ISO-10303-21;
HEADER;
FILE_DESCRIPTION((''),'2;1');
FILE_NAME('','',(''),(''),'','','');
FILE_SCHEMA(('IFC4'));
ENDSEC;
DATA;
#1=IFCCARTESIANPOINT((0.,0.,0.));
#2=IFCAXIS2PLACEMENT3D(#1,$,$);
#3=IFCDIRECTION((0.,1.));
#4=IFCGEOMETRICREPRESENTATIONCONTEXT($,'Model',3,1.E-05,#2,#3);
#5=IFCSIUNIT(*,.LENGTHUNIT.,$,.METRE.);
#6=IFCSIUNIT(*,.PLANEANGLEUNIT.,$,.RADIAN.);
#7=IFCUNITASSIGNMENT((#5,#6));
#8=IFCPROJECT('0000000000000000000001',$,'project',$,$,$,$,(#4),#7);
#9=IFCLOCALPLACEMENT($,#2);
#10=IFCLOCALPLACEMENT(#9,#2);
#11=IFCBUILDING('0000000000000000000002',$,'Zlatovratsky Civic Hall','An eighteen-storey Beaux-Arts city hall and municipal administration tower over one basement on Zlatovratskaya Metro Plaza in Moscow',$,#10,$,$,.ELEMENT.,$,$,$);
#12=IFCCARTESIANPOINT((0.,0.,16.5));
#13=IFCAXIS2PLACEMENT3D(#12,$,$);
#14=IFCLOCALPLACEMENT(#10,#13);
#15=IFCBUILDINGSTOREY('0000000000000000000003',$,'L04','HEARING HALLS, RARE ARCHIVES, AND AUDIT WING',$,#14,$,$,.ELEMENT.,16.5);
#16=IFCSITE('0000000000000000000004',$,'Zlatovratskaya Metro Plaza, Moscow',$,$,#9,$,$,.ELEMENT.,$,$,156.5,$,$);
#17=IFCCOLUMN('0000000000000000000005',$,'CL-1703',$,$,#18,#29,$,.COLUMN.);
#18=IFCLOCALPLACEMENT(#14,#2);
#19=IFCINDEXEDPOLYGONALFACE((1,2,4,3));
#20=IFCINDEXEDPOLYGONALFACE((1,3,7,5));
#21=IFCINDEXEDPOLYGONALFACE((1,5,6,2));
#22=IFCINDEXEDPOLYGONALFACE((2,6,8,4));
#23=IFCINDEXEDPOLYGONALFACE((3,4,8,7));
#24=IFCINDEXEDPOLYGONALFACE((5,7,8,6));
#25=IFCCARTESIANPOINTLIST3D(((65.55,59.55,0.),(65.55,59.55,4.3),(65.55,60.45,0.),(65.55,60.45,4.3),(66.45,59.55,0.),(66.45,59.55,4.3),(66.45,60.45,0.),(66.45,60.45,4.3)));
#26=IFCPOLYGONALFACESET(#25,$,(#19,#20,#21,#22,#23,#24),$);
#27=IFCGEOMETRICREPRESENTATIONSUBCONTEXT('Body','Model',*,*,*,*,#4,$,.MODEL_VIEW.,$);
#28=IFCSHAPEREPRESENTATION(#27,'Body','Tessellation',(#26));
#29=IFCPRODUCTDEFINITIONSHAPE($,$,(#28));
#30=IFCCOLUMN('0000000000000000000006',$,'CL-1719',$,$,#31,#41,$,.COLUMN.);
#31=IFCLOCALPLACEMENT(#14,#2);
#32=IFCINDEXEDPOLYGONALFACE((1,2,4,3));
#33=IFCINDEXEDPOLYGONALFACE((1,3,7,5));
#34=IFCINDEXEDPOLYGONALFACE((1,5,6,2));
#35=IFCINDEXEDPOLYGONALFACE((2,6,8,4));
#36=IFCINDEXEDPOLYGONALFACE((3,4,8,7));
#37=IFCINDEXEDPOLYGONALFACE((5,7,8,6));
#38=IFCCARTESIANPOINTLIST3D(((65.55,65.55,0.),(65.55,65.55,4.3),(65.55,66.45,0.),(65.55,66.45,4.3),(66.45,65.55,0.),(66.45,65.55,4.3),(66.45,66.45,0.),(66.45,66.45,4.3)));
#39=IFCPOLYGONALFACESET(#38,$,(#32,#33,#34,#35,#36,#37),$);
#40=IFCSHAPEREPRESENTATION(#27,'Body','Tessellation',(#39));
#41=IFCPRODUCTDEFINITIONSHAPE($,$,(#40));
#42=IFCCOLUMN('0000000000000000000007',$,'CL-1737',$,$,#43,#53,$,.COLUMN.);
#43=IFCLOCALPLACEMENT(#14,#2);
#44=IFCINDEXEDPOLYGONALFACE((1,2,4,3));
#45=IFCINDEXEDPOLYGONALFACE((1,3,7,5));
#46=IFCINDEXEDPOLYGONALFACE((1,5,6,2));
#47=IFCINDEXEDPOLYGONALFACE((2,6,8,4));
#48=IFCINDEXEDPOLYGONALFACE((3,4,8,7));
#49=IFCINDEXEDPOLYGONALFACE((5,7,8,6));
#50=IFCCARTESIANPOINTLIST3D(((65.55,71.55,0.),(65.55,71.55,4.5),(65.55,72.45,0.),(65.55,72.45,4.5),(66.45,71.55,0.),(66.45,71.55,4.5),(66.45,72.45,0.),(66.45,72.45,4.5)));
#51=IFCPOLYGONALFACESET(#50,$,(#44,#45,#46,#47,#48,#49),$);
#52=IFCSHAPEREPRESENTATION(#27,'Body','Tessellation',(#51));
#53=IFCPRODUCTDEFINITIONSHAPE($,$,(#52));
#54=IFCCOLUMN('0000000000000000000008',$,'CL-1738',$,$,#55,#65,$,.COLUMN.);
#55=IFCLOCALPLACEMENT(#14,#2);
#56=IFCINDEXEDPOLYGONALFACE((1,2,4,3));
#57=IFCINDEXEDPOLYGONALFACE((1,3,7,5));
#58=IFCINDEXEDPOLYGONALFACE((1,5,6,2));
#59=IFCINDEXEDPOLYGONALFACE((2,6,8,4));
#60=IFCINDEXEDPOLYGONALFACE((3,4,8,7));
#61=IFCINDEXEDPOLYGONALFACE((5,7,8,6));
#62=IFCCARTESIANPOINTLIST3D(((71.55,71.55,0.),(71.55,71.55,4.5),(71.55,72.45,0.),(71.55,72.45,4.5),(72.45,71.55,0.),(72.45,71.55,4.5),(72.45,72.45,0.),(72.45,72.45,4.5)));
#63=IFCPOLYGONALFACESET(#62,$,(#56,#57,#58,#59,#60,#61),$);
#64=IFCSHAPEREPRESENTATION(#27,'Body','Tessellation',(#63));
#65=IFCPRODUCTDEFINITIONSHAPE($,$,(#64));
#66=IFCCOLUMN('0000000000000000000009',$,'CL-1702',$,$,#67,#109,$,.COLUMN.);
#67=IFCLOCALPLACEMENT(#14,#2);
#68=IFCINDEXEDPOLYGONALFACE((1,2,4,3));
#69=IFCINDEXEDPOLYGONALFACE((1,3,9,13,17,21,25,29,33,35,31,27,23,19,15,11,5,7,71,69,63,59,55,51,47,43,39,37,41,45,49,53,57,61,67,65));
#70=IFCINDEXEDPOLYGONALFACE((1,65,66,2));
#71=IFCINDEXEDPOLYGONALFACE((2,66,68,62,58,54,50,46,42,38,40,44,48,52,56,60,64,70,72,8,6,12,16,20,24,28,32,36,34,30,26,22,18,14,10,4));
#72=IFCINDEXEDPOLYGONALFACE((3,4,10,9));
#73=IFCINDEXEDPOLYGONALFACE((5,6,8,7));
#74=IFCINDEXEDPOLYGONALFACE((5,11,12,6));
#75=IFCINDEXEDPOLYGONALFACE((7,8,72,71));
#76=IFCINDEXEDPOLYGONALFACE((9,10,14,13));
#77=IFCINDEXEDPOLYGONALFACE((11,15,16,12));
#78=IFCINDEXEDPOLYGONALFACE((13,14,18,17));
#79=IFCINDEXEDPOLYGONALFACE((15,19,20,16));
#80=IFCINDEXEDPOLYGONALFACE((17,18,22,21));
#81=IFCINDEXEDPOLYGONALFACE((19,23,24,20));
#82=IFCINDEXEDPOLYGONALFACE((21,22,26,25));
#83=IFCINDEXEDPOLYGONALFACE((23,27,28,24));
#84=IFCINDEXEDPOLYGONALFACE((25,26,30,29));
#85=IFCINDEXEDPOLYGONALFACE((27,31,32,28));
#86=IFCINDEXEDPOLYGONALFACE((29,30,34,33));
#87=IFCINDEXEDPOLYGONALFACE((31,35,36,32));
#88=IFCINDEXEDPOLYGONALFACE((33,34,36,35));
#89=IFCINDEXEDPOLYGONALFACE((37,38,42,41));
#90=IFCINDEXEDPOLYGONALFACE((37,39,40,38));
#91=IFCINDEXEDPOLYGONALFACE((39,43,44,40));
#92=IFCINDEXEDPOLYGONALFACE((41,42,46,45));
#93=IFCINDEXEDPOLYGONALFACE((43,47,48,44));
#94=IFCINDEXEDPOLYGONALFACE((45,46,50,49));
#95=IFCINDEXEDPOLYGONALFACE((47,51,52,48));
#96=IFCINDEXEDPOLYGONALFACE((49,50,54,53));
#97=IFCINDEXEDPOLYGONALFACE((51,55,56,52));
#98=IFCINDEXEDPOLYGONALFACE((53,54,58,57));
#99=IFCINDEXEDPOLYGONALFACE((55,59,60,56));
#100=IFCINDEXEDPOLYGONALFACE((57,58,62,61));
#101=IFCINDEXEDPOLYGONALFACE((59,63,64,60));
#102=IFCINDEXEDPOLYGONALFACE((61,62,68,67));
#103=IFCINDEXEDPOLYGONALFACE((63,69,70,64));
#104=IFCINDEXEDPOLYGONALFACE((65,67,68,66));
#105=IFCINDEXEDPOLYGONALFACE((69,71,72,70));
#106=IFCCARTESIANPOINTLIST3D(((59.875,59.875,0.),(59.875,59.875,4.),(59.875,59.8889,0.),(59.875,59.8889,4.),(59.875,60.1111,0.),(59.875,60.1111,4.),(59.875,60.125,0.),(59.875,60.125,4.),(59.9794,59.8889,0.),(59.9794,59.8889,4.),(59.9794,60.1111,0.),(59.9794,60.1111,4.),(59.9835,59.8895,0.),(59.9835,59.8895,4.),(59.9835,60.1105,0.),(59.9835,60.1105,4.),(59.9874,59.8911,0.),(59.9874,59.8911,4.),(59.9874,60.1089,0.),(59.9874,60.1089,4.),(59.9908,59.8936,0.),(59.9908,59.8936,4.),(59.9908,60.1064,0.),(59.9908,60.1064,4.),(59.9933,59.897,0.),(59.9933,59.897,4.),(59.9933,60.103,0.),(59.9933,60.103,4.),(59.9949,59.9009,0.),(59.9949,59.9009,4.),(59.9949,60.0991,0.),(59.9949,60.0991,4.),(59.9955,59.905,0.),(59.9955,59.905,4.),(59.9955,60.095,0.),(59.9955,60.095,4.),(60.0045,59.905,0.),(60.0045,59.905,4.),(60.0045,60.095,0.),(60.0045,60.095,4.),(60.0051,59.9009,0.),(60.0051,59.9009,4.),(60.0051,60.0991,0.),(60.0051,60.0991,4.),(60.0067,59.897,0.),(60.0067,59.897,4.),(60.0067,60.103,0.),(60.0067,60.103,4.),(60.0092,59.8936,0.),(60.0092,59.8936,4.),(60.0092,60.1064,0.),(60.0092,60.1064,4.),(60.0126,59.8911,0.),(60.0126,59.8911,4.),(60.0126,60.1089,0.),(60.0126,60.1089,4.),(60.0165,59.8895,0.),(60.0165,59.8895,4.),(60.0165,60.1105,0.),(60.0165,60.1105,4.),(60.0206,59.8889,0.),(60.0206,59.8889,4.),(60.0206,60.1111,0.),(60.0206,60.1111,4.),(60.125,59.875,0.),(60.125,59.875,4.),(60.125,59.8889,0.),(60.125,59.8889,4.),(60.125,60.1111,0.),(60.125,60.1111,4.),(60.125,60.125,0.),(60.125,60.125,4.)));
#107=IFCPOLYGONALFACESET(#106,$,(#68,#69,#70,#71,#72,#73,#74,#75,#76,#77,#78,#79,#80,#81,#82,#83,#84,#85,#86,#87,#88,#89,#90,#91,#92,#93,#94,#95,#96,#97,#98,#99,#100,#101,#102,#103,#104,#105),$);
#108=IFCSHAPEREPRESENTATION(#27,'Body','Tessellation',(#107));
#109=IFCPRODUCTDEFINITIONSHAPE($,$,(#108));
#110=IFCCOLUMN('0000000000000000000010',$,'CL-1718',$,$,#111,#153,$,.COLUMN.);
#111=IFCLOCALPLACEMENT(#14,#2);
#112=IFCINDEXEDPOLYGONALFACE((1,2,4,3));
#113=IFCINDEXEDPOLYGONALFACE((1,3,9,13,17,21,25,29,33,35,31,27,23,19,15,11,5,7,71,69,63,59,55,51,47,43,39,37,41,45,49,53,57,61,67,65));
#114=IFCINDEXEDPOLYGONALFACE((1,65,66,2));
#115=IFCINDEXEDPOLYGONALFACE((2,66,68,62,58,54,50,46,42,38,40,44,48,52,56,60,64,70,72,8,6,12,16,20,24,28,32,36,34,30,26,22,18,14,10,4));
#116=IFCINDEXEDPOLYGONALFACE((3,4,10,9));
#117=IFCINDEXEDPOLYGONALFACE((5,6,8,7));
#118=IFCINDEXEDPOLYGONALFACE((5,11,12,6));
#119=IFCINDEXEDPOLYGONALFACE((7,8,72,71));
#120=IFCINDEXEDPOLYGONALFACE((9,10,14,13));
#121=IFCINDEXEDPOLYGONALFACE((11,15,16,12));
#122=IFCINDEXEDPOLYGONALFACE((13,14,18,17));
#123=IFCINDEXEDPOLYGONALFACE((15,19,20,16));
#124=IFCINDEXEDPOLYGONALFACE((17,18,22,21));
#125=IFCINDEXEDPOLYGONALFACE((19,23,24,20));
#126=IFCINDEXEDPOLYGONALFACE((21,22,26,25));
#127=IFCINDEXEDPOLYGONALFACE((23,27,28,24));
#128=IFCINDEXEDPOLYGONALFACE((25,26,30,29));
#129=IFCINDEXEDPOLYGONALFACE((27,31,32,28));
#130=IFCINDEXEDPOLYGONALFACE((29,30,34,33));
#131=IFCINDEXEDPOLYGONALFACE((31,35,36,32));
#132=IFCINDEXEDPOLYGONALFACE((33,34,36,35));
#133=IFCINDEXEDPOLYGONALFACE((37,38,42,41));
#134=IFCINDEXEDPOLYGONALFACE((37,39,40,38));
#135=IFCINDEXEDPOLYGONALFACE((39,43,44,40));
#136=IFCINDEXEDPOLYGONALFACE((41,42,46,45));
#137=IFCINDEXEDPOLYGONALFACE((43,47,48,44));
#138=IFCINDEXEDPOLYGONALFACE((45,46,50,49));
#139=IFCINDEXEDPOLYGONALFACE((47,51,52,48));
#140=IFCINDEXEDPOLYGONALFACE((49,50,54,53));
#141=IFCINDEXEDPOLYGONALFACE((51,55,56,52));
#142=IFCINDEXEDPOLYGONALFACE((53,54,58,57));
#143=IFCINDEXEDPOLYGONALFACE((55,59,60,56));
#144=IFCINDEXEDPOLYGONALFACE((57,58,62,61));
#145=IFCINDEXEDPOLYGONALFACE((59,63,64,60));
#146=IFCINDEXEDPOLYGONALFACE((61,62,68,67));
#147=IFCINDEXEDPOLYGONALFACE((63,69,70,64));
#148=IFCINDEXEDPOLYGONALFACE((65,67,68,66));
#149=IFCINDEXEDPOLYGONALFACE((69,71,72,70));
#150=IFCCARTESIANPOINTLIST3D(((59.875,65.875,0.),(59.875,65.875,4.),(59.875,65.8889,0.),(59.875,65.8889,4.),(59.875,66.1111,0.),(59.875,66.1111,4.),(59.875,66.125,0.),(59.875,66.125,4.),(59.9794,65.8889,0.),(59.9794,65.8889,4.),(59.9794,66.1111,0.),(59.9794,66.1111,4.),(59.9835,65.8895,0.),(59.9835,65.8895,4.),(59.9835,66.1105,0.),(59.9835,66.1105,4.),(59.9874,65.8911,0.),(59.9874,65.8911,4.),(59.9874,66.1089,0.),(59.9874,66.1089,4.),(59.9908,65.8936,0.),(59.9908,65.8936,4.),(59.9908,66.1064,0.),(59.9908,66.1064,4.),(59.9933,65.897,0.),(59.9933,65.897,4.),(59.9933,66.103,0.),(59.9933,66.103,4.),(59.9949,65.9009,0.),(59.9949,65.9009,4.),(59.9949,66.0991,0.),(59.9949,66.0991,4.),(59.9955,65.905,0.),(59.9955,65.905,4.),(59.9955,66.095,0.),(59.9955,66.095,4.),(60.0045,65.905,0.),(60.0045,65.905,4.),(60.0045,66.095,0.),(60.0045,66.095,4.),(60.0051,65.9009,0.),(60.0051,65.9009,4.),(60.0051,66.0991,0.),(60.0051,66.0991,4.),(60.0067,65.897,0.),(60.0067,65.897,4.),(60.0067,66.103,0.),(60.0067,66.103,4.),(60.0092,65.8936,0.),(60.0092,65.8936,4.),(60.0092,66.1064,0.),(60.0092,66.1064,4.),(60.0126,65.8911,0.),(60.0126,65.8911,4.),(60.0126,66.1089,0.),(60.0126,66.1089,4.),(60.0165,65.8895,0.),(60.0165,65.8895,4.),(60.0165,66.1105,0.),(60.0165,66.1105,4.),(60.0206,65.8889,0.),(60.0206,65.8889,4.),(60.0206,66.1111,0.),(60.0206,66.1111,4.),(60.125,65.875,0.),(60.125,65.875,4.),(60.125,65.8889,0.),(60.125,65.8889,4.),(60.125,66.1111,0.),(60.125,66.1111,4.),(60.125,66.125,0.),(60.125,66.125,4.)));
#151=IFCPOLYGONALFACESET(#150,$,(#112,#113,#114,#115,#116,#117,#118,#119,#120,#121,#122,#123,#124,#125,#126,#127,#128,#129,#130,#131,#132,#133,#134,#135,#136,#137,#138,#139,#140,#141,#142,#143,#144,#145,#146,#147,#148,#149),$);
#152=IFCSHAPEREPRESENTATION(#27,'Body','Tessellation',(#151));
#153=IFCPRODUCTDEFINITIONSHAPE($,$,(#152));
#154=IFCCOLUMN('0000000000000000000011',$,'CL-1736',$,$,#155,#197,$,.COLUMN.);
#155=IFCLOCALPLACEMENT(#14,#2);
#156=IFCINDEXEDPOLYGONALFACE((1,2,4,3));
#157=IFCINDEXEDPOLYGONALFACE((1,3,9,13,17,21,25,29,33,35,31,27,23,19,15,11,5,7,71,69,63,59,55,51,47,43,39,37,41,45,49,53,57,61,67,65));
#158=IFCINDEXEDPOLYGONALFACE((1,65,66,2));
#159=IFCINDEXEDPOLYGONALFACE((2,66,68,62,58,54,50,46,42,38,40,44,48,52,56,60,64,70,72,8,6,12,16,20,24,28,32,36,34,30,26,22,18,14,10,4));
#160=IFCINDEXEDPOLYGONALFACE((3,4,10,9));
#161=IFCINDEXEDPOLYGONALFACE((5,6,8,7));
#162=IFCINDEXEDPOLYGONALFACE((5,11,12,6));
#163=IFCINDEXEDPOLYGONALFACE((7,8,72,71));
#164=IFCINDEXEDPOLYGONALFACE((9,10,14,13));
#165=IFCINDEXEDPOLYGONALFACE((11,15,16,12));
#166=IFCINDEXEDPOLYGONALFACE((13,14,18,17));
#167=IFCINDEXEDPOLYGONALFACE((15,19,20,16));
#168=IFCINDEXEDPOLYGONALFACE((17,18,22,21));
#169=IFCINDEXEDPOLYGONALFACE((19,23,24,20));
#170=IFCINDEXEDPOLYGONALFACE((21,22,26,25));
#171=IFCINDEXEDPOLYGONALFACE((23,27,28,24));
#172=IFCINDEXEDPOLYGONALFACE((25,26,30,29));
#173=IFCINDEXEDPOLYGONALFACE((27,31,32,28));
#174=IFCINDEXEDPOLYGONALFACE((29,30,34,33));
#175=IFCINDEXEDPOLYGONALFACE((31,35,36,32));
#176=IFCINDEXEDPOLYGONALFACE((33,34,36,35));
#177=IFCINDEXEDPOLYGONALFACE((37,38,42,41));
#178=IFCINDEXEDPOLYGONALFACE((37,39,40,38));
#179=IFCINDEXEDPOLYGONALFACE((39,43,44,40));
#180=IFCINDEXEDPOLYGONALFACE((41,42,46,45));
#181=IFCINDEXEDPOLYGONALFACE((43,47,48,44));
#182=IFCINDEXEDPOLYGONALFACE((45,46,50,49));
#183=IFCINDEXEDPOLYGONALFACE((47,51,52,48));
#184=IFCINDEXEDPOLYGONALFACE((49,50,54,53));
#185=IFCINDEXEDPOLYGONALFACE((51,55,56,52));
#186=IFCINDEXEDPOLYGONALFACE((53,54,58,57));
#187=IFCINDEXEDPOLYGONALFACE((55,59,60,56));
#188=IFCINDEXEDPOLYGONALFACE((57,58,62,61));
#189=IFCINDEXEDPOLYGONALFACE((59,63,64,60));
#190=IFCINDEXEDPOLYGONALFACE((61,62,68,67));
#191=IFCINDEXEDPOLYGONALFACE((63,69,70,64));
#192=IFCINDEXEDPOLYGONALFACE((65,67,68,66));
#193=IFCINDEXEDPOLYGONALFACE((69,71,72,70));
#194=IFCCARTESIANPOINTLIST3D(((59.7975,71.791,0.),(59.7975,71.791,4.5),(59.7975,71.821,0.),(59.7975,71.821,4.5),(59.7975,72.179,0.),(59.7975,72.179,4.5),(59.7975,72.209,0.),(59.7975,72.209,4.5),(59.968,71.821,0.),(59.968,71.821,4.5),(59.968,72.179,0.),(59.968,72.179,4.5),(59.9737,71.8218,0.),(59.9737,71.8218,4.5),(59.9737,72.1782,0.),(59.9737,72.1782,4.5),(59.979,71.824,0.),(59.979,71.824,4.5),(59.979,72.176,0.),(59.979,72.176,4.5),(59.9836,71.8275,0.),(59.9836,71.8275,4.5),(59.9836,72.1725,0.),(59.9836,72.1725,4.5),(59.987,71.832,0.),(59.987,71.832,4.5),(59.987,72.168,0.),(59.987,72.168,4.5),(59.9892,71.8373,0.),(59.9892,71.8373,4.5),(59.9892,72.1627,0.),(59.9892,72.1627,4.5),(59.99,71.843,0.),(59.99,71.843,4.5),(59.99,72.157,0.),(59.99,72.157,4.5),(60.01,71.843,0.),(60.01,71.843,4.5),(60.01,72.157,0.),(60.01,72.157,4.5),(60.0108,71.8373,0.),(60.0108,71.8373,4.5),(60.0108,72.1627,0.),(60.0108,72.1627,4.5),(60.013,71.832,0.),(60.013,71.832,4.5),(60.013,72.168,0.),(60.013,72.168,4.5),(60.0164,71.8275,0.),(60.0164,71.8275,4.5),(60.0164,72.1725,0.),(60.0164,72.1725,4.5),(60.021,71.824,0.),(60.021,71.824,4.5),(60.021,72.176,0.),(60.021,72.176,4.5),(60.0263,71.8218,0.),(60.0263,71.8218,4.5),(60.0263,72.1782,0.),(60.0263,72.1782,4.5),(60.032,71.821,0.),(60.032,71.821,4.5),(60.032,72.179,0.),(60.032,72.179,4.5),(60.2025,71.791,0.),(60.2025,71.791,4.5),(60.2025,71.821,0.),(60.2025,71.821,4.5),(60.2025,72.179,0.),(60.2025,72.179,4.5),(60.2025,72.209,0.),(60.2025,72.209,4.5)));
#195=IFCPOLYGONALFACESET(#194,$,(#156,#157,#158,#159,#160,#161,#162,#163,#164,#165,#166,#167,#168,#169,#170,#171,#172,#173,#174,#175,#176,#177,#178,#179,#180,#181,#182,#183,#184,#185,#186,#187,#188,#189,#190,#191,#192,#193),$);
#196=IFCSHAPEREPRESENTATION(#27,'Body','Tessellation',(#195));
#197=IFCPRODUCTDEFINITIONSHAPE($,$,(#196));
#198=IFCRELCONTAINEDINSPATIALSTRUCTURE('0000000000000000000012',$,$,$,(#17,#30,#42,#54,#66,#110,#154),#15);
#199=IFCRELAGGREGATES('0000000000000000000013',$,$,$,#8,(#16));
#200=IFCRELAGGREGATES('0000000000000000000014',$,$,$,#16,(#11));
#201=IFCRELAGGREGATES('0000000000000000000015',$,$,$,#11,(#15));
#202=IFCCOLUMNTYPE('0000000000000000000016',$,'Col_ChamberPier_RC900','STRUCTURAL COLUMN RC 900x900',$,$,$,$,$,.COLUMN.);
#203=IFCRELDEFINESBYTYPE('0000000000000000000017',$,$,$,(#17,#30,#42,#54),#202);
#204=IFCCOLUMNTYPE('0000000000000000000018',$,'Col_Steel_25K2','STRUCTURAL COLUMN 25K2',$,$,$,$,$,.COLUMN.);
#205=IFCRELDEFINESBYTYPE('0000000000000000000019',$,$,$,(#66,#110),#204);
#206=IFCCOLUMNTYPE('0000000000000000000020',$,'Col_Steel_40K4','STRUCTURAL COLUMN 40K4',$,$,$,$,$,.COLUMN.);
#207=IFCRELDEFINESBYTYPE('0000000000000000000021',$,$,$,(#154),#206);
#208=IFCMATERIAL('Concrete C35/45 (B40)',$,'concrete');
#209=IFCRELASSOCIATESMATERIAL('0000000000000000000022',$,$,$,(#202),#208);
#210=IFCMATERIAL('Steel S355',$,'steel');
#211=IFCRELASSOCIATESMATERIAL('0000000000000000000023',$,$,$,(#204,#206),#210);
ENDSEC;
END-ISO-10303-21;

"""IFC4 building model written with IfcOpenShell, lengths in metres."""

from ifc_helpers import new_model, si_unit, direction, frame, origin, origin_2d, place, context, subcontext, project, spatial, rectangle, i_section, extrude, material, material_profile, profile_set, type_object, element, save


model = new_model("IFC4")

# Units and contexts
model_context = context("Model", 3, precision=1e-05, world=origin(), true_north=direction((0.0, 1.0)))
body_context = subcontext(model_context, "Body", "Model", "MODEL_VIEW")
ifc_project = project(units=[si_unit("LENGTHUNIT", "METRE"), si_unit("PLANEANGLEUNIT", "RADIAN")], contexts=[model_context])

# Site, building, storey
site_placement = place(None, origin())
site = spatial("IfcSite", under=ifc_project, at=site_placement, Name="Zlatovratskaya Metro Plaza, Moscow", CompositionType="ELEMENT", RefElevation=156.5)
building_placement = place(site_placement, origin())
building = spatial("IfcBuilding", under=site, at=building_placement, Name="Zlatovratsky Civic Hall", Description="An eighteen-storey Beaux-Arts city hall and municipal administration tower over one basement on Zlatovratskaya Metro Plaza in Moscow", CompositionType="ELEMENT")
storey_placement = place(building_placement, frame((0.0, 0.0, 16.5)))
storey = spatial("IfcBuildingStorey", under=building, at=storey_placement, Name="L04", Description="HEARING HALLS, RARE ARCHIVES, AND AUDIT WING", CompositionType="ELEMENT", Elevation=16.5)

# Columns
ifc_material_1 = material(Name="Concrete C35/45 (B40)", Category="concrete")
ifc_material_profile_1 = material_profile(ifc_material_1, rectangle(XDim=0.8999, YDim=0.8999, at=origin_2d()), Name="RC 900x900")
ifc_profile_set_1 = profile_set([ifc_material_profile_1], Name="Concrete C35/45 (B40)")
column_type_1 = type_object("IfcColumnType", Name="Col_ChamberPier_RC900", Description="STRUCTURAL COLUMN RC 900x900", PredefinedType="COLUMN", material=ifc_profile_set_1)
for number, where, z_axis, x_axis, name in (
    (1, (66.0, 60.0, 0.0), (0.0, 0.0, 1.0), (1.0, 0.0, 0.0), "CL-1703"),
    (2, (66.0, 66.0, 0.0), (0.0, 0.0, 1.0), (1.0, 0.0, 0.0), "CL-1719"),
):
    element("IfcColumn", number, at=place(storey_placement, frame(where, z_axis=z_axis, x_axis=x_axis)), inside=storey, type_object=column_type_1, Name=name, PredefinedType="COLUMN", context=body_context, shape_type="SweptSolid", body=[
        extrude(rectangle(XDim=0.8999, YDim=0.8999, at=origin_2d()), origin(), (0.0, 0.0, 1.0), 4.3),
    ])
for number, where, z_axis, x_axis, name in (
    (3, (66.0, 72.0, 0.0), (0.0, 0.0, 1.0), (1.0, 0.0, 0.0), "CL-1737"),
    (4, (72.0, 72.0, 0.0), (0.0, 0.0, 1.0), (1.0, 0.0, 0.0), "CL-1738"),
):
    element("IfcColumn", number, at=place(storey_placement, frame(where, z_axis=z_axis, x_axis=x_axis)), inside=storey, type_object=column_type_1, Name=name, PredefinedType="COLUMN", context=body_context, shape_type="SweptSolid", body=[
        extrude(rectangle(XDim=0.8999, YDim=0.8999, at=origin_2d()), origin(), (0.0, 0.0, 1.0), 4.5),
    ])
ifc_material_2 = material(Name="Steel S355", Category="steel")
ifc_material_profile_2 = material_profile(ifc_material_2, i_section(OverallWidth=0.25, OverallDepth=0.25, WebThickness=0.009, FlangeThickness=0.0139, FilletRadius=0.0161, at=origin_2d()), Name="25K2")
ifc_profile_set_2 = profile_set([ifc_material_profile_2], Name="Steel S355")
column_type_2 = type_object("IfcColumnType", Name="Col_Steel_25K2", Description="STRUCTURAL COLUMN 25K2", PredefinedType="COLUMN", material=ifc_profile_set_2)
for number, where, z_axis, x_axis, name in (
    (5, (60.0, 60.0, 0.0), (0.0, 0.0, 1.0), (1.0, 0.0, 0.0), "CL-1702"),
    (6, (60.0, 66.0, 0.0), (0.0, 0.0, 1.0), (1.0, 0.0, 0.0), "CL-1718"),
):
    element("IfcColumn", number, at=place(storey_placement, frame(where, z_axis=z_axis, x_axis=x_axis)), inside=storey, type_object=column_type_2, Name=name, PredefinedType="COLUMN", context=body_context, shape_type="SweptSolid", body=[
        extrude(i_section(OverallWidth=0.25, OverallDepth=0.25, WebThickness=0.009, FlangeThickness=0.0139, FilletRadius=0.0161, at=origin_2d()), origin(), (0.0, 0.0, 1.0), 4.0),
    ])
ifc_material_profile_3 = material_profile(ifc_material_2, i_section(OverallWidth=0.405, OverallDepth=0.418, WebThickness=0.02, FlangeThickness=0.03, FilletRadius=0.022, at=origin_2d()), Name="40K4")
ifc_profile_set_3 = profile_set([ifc_material_profile_3], Name="Steel S355")
column_type_3 = type_object("IfcColumnType", Name="Col_Steel_40K4", Description="STRUCTURAL COLUMN 40K4", PredefinedType="COLUMN", material=ifc_profile_set_3)
column_placement = place(storey_placement, frame((60.0, 72.0, 0.0), z_axis=(0.0, 0.0, 1.0), x_axis=(1.0, 0.0, 0.0)))
element("IfcColumn", 7, at=column_placement, inside=storey, type_object=column_type_3, Name="CL-1736", PredefinedType="COLUMN", context=body_context, shape_type="SweptSolid", body=[
    extrude(i_section(OverallWidth=0.405, OverallDepth=0.418, WebThickness=0.02, FlangeThickness=0.03, FilletRadius=0.022, at=origin_2d()), origin(), (0.0, 0.0, 1.0), 4.5),
])

save(model, "model.ifc")
